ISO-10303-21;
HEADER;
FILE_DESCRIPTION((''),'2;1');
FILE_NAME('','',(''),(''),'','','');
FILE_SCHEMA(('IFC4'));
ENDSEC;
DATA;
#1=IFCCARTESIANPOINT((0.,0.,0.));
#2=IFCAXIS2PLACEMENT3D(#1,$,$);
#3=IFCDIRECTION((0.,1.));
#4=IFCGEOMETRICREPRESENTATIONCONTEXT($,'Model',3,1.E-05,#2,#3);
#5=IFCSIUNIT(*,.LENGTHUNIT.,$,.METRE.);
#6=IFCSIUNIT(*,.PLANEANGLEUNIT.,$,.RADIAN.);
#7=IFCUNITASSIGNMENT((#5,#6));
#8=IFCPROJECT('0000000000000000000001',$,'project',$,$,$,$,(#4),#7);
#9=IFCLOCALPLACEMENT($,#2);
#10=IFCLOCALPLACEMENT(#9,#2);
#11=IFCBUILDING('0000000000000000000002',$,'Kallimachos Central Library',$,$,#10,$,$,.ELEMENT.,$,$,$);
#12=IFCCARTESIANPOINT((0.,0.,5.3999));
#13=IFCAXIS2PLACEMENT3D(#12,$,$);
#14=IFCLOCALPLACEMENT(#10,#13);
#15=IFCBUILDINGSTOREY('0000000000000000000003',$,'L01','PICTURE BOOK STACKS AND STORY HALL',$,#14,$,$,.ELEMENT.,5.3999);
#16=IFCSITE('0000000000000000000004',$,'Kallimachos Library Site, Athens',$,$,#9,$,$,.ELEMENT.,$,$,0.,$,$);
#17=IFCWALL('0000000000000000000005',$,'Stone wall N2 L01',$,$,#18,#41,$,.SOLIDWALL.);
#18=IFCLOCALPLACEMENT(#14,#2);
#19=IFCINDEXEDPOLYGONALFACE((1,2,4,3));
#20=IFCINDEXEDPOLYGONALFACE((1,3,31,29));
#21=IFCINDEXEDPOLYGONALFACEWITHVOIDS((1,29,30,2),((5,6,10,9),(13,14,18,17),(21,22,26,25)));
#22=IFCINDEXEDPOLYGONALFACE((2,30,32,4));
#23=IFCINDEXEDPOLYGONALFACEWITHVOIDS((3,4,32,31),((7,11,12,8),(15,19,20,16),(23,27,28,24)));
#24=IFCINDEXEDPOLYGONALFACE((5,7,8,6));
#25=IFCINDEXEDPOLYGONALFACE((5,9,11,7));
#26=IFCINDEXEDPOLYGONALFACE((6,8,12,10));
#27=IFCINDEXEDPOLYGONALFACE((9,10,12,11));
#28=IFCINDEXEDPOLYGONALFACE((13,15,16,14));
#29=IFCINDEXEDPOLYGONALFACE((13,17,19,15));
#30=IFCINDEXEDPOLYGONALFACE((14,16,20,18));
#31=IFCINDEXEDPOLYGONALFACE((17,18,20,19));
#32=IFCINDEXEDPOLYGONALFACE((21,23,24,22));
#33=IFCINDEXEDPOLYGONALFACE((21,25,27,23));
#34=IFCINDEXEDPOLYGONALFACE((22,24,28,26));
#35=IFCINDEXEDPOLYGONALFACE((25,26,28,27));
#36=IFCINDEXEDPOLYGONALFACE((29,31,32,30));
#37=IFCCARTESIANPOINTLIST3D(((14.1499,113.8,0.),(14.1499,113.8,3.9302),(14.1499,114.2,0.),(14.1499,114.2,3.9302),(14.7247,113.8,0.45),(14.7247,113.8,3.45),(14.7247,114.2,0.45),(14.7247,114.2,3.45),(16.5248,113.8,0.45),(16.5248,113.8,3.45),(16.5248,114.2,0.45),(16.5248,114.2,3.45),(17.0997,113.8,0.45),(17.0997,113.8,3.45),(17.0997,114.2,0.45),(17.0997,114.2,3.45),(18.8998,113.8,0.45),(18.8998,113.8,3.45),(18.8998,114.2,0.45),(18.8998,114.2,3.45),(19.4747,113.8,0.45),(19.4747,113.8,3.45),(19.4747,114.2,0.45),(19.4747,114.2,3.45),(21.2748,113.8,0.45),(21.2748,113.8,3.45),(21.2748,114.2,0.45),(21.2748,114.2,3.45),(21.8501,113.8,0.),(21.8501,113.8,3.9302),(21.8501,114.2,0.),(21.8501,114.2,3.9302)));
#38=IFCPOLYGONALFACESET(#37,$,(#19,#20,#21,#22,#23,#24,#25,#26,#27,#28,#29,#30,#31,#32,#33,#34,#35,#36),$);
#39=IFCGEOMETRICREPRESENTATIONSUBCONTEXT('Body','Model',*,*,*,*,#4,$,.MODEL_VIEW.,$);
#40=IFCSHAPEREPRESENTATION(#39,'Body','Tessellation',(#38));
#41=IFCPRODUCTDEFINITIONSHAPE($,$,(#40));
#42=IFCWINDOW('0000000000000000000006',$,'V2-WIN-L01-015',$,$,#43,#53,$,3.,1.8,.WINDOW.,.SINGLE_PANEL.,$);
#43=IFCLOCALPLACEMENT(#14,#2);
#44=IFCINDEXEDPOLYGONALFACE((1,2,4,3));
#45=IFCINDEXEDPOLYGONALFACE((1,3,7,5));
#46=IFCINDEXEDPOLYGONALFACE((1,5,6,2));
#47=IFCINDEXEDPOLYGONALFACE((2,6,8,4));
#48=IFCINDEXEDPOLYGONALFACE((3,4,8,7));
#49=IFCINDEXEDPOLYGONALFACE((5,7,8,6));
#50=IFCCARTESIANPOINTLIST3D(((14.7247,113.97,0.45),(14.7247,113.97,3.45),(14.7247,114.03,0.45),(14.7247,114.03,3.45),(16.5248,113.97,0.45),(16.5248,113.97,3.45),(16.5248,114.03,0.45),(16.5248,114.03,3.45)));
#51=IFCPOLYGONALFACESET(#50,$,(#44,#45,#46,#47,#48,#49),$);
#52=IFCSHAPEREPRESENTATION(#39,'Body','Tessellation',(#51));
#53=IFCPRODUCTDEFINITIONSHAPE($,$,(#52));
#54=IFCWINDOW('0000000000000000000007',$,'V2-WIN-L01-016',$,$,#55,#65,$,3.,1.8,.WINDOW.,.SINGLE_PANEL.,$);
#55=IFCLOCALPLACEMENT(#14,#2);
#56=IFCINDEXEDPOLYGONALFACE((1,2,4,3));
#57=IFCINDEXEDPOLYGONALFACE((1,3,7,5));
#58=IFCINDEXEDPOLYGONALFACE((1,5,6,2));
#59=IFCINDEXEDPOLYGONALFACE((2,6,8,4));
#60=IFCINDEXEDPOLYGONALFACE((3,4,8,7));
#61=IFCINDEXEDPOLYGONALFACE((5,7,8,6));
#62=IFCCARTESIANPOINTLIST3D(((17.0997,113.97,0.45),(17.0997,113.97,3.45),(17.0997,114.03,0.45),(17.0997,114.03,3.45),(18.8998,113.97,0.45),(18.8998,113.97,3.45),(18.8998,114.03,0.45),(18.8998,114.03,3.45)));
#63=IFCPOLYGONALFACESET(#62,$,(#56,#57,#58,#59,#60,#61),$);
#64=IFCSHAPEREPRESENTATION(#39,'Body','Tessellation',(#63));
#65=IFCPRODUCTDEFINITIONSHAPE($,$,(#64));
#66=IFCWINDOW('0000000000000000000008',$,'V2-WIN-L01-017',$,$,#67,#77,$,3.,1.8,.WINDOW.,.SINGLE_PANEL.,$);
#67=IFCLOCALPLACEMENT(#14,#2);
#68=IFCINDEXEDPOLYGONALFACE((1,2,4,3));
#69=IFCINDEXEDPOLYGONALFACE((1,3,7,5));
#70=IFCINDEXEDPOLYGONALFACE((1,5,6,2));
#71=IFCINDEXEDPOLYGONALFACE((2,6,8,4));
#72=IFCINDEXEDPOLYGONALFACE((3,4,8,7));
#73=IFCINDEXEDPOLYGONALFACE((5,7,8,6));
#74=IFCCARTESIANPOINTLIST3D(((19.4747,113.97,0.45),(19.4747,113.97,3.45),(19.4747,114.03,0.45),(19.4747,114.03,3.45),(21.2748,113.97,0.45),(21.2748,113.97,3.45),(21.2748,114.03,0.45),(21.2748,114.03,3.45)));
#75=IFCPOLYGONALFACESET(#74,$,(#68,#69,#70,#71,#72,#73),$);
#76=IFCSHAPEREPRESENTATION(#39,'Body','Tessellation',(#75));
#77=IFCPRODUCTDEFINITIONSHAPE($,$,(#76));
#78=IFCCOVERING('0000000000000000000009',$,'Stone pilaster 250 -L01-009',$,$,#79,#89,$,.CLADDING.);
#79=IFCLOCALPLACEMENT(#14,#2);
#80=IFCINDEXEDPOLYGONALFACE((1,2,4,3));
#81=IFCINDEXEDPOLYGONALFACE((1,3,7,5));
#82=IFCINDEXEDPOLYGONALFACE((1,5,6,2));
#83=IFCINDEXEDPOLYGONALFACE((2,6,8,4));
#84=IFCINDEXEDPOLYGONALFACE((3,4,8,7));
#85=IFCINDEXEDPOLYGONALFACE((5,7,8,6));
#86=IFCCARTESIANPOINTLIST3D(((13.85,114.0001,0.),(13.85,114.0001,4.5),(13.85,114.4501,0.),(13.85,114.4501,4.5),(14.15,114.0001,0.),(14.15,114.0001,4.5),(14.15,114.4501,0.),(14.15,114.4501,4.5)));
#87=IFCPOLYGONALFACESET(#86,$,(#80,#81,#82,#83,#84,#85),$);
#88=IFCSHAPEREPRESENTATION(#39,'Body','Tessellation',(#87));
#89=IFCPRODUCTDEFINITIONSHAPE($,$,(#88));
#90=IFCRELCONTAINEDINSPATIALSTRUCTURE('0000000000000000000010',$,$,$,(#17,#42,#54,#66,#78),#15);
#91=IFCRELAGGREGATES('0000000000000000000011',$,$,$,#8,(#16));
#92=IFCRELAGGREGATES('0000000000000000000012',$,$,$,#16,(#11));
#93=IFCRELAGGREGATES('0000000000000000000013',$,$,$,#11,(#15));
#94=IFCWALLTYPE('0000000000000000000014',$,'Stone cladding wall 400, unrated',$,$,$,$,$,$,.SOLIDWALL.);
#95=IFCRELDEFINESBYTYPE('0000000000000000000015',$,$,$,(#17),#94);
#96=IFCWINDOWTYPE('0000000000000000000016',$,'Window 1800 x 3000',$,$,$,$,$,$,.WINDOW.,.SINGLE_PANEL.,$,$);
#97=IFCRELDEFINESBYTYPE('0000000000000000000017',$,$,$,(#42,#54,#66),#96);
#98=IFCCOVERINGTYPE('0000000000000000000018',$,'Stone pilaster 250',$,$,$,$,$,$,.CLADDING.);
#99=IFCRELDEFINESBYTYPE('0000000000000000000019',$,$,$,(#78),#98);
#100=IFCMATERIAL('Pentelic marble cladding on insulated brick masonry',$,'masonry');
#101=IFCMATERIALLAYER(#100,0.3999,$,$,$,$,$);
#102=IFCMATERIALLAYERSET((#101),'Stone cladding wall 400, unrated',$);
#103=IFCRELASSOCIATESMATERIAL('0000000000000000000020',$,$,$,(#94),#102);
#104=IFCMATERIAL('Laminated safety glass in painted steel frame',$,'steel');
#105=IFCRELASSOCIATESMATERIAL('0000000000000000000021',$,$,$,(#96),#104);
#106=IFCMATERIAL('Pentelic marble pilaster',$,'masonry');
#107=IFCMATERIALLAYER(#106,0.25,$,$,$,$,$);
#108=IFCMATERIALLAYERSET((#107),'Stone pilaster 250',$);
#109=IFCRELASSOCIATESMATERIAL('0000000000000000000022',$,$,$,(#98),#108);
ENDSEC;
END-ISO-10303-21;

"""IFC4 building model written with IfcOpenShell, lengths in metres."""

from ifc_helpers import new_model, si_unit, direction, frame, frame_2d, origin, origin_2d, place, context, subcontext, project, spatial, rectangle, extrude, material, layer, layer_set, type_object, element, fill, save


model = new_model("IFC4")

# Units and contexts
model_context = context("Model", 3, precision=1e-05, world=origin(), true_north=direction((0.0, 1.0)))
body_context = subcontext(model_context, "Body", "Model", "MODEL_VIEW")
ifc_project = project(units=[si_unit("LENGTHUNIT", "METRE"), si_unit("PLANEANGLEUNIT", "RADIAN")], contexts=[model_context])

# Site, building, storey
site_placement = place(None, origin())
site = spatial("IfcSite", under=ifc_project, at=site_placement, Name="Kallimachos Library Site, Athens", CompositionType="ELEMENT", RefElevation=0.0)
building_placement = place(site_placement, origin())
building = spatial("IfcBuilding", under=site, at=building_placement, Name="Kallimachos Central Library", CompositionType="ELEMENT")
storey_placement = place(building_placement, frame((0.0, 0.0, 5.3999)))
storey = spatial("IfcBuildingStorey", under=building, at=storey_placement, Name="L01", Description="PICTURE BOOK STACKS AND STORY HALL", CompositionType="ELEMENT", Elevation=5.3999)

# Wall, openings, windows
ifc_material_1 = material(Name="Pentelic marble cladding on insulated brick masonry", Category="masonry")
ifc_layer_1 = layer(ifc_material_1, 0.3999)
ifc_layer_set_1 = layer_set([ifc_layer_1], Name="Stone cladding wall 400, unrated")
wall_type = type_object("IfcWallType", Name="Stone cladding wall 400, unrated", PredefinedType="SOLIDWALL", material=ifc_layer_set_1)
wall_placement = place(storey_placement, frame((14.1499, 114.0, 0.0), z_axis=(0.0, 0.0, 1.0), x_axis=(1.0, 0.0, 0.0)))
wall = element("IfcWall", 1, at=wall_placement, inside=storey, type_object=wall_type, Name="Stone wall N2 L01", PredefinedType="SOLIDWALL", context=body_context, shape_type="SweptSolid", body=[
    extrude(rectangle(XDim=7.7002, YDim=0.3999, at=frame_2d((3.8501, 0.0))), origin(), (0.0, 0.0, 1.0), 3.9302),
])
opening_1_placement = place(wall_placement, frame((0.575, 0.0, 0.45)))
opening_1 = element("IfcOpeningElement", 2, at=opening_1_placement, cuts=wall, PredefinedType="OPENING", context=body_context, shape_type="SweptSolid", body=[
    extrude(rectangle(XDim=1.8, YDim=3.0, at=frame_2d((0.8999, 1.5))), frame((0.0, 0.21, 0.0), z_axis=(0.0, -1.0, 0.0), x_axis=(1.0, 0.0, 0.0)), (0.0, 0.0, 1.0), 0.4199),
])
opening_2_placement = place(wall_placement, frame((2.95, 0.0, 0.45)))
opening_2 = element("IfcOpeningElement", 3, at=opening_2_placement, cuts=wall, PredefinedType="OPENING", context=body_context, shape_type="SweptSolid", body=[
    extrude(rectangle(XDim=1.8, YDim=3.0, at=frame_2d((0.8999, 1.5))), frame((0.0, 0.21, 0.0), z_axis=(0.0, -1.0, 0.0), x_axis=(1.0, 0.0, 0.0)), (0.0, 0.0, 1.0), 0.4199),
])
opening_3_placement = place(wall_placement, frame((5.325, 0.0, 0.45)))
opening_3 = element("IfcOpeningElement", 4, at=opening_3_placement, cuts=wall, PredefinedType="OPENING", context=body_context, shape_type="SweptSolid", body=[
    extrude(rectangle(XDim=1.8, YDim=3.0, at=frame_2d((0.8999, 1.5))), frame((0.0, 0.21, 0.0), z_axis=(0.0, -1.0, 0.0), x_axis=(1.0, 0.0, 0.0)), (0.0, 0.0, 1.0), 0.4199),
])
ifc_material_2 = material(Name="Laminated safety glass in painted steel frame", Category="steel")
window_type = type_object("IfcWindowType", Name="Window 1800 x 3000", PartitioningType="SINGLE_PANEL", PredefinedType="WINDOW", material=ifc_material_2)
window_1_placement = place(opening_1_placement, origin())
window_1 = element("IfcWindow", 5, at=window_1_placement, inside=storey, type_object=window_type, Name="V2-WIN-L01-015", OverallHeight=3.0, OverallWidth=1.8, PartitioningType="SINGLE_PANEL", PredefinedType="WINDOW", context=body_context, shape_type="SweptSolid", body=[
    extrude(rectangle(XDim=1.8, YDim=3.0, at=frame_2d((0.8999, 1.5))), frame((0.0, 0.03, 0.0), z_axis=(0.0, -1.0, 0.0), x_axis=(1.0, 0.0, 0.0)), (0.0, 0.0, 1.0), 0.0601),
])
fill(opening_1, window_1)
window_2_placement = place(opening_2_placement, origin())
window_2 = element("IfcWindow", 6, at=window_2_placement, inside=storey, type_object=window_type, Name="V2-WIN-L01-016", OverallHeight=3.0, OverallWidth=1.8, PartitioningType="SINGLE_PANEL", PredefinedType="WINDOW", context=body_context, shape_type="SweptSolid", body=[
    extrude(rectangle(XDim=1.8, YDim=3.0, at=frame_2d((0.8999, 1.5))), frame((0.0, 0.03, 0.0), z_axis=(0.0, -1.0, 0.0), x_axis=(1.0, 0.0, 0.0)), (0.0, 0.0, 1.0), 0.0601),
])
fill(opening_2, window_2)
window_3_placement = place(opening_3_placement, origin())
window_3 = element("IfcWindow", 7, at=window_3_placement, inside=storey, type_object=window_type, Name="V2-WIN-L01-017", OverallHeight=3.0, OverallWidth=1.8, PartitioningType="SINGLE_PANEL", PredefinedType="WINDOW", context=body_context, shape_type="SweptSolid", body=[
    extrude(rectangle(XDim=1.8, YDim=3.0, at=frame_2d((0.8999, 1.5))), frame((0.0, 0.03, 0.0), z_axis=(0.0, -1.0, 0.0), x_axis=(1.0, 0.0, 0.0)), (0.0, 0.0, 1.0), 0.0601),
])
fill(opening_3, window_3)

# Covering
ifc_material_3 = material(Name="Pentelic marble pilaster", Category="masonry")
ifc_layer_2 = layer(ifc_material_3, 0.25)
ifc_layer_set_2 = layer_set([ifc_layer_2], Name="Stone pilaster 250")
covering_type_1 = type_object("IfcCoveringType", Name="Stone pilaster 250", PredefinedType="CLADDING", material=ifc_layer_set_2)
covering_1_placement = place(storey_placement, frame((14.0, 114.2251, 0.0), z_axis=(0.0, 0.0, 1.0), x_axis=(1.0, 0.0, 0.0)))
element("IfcCovering", 8, at=covering_1_placement, inside=storey, type_object=covering_type_1, Name="Stone pilaster 250 -L01-009", PredefinedType="CLADDING", context=body_context, shape_type="SweptSolid", body=[
    extrude(rectangle(XDim=0.3, YDim=0.45, at=origin_2d()), origin(), (0.0, 0.0, 1.0), 4.5),
])

save(model, "model.ifc")
